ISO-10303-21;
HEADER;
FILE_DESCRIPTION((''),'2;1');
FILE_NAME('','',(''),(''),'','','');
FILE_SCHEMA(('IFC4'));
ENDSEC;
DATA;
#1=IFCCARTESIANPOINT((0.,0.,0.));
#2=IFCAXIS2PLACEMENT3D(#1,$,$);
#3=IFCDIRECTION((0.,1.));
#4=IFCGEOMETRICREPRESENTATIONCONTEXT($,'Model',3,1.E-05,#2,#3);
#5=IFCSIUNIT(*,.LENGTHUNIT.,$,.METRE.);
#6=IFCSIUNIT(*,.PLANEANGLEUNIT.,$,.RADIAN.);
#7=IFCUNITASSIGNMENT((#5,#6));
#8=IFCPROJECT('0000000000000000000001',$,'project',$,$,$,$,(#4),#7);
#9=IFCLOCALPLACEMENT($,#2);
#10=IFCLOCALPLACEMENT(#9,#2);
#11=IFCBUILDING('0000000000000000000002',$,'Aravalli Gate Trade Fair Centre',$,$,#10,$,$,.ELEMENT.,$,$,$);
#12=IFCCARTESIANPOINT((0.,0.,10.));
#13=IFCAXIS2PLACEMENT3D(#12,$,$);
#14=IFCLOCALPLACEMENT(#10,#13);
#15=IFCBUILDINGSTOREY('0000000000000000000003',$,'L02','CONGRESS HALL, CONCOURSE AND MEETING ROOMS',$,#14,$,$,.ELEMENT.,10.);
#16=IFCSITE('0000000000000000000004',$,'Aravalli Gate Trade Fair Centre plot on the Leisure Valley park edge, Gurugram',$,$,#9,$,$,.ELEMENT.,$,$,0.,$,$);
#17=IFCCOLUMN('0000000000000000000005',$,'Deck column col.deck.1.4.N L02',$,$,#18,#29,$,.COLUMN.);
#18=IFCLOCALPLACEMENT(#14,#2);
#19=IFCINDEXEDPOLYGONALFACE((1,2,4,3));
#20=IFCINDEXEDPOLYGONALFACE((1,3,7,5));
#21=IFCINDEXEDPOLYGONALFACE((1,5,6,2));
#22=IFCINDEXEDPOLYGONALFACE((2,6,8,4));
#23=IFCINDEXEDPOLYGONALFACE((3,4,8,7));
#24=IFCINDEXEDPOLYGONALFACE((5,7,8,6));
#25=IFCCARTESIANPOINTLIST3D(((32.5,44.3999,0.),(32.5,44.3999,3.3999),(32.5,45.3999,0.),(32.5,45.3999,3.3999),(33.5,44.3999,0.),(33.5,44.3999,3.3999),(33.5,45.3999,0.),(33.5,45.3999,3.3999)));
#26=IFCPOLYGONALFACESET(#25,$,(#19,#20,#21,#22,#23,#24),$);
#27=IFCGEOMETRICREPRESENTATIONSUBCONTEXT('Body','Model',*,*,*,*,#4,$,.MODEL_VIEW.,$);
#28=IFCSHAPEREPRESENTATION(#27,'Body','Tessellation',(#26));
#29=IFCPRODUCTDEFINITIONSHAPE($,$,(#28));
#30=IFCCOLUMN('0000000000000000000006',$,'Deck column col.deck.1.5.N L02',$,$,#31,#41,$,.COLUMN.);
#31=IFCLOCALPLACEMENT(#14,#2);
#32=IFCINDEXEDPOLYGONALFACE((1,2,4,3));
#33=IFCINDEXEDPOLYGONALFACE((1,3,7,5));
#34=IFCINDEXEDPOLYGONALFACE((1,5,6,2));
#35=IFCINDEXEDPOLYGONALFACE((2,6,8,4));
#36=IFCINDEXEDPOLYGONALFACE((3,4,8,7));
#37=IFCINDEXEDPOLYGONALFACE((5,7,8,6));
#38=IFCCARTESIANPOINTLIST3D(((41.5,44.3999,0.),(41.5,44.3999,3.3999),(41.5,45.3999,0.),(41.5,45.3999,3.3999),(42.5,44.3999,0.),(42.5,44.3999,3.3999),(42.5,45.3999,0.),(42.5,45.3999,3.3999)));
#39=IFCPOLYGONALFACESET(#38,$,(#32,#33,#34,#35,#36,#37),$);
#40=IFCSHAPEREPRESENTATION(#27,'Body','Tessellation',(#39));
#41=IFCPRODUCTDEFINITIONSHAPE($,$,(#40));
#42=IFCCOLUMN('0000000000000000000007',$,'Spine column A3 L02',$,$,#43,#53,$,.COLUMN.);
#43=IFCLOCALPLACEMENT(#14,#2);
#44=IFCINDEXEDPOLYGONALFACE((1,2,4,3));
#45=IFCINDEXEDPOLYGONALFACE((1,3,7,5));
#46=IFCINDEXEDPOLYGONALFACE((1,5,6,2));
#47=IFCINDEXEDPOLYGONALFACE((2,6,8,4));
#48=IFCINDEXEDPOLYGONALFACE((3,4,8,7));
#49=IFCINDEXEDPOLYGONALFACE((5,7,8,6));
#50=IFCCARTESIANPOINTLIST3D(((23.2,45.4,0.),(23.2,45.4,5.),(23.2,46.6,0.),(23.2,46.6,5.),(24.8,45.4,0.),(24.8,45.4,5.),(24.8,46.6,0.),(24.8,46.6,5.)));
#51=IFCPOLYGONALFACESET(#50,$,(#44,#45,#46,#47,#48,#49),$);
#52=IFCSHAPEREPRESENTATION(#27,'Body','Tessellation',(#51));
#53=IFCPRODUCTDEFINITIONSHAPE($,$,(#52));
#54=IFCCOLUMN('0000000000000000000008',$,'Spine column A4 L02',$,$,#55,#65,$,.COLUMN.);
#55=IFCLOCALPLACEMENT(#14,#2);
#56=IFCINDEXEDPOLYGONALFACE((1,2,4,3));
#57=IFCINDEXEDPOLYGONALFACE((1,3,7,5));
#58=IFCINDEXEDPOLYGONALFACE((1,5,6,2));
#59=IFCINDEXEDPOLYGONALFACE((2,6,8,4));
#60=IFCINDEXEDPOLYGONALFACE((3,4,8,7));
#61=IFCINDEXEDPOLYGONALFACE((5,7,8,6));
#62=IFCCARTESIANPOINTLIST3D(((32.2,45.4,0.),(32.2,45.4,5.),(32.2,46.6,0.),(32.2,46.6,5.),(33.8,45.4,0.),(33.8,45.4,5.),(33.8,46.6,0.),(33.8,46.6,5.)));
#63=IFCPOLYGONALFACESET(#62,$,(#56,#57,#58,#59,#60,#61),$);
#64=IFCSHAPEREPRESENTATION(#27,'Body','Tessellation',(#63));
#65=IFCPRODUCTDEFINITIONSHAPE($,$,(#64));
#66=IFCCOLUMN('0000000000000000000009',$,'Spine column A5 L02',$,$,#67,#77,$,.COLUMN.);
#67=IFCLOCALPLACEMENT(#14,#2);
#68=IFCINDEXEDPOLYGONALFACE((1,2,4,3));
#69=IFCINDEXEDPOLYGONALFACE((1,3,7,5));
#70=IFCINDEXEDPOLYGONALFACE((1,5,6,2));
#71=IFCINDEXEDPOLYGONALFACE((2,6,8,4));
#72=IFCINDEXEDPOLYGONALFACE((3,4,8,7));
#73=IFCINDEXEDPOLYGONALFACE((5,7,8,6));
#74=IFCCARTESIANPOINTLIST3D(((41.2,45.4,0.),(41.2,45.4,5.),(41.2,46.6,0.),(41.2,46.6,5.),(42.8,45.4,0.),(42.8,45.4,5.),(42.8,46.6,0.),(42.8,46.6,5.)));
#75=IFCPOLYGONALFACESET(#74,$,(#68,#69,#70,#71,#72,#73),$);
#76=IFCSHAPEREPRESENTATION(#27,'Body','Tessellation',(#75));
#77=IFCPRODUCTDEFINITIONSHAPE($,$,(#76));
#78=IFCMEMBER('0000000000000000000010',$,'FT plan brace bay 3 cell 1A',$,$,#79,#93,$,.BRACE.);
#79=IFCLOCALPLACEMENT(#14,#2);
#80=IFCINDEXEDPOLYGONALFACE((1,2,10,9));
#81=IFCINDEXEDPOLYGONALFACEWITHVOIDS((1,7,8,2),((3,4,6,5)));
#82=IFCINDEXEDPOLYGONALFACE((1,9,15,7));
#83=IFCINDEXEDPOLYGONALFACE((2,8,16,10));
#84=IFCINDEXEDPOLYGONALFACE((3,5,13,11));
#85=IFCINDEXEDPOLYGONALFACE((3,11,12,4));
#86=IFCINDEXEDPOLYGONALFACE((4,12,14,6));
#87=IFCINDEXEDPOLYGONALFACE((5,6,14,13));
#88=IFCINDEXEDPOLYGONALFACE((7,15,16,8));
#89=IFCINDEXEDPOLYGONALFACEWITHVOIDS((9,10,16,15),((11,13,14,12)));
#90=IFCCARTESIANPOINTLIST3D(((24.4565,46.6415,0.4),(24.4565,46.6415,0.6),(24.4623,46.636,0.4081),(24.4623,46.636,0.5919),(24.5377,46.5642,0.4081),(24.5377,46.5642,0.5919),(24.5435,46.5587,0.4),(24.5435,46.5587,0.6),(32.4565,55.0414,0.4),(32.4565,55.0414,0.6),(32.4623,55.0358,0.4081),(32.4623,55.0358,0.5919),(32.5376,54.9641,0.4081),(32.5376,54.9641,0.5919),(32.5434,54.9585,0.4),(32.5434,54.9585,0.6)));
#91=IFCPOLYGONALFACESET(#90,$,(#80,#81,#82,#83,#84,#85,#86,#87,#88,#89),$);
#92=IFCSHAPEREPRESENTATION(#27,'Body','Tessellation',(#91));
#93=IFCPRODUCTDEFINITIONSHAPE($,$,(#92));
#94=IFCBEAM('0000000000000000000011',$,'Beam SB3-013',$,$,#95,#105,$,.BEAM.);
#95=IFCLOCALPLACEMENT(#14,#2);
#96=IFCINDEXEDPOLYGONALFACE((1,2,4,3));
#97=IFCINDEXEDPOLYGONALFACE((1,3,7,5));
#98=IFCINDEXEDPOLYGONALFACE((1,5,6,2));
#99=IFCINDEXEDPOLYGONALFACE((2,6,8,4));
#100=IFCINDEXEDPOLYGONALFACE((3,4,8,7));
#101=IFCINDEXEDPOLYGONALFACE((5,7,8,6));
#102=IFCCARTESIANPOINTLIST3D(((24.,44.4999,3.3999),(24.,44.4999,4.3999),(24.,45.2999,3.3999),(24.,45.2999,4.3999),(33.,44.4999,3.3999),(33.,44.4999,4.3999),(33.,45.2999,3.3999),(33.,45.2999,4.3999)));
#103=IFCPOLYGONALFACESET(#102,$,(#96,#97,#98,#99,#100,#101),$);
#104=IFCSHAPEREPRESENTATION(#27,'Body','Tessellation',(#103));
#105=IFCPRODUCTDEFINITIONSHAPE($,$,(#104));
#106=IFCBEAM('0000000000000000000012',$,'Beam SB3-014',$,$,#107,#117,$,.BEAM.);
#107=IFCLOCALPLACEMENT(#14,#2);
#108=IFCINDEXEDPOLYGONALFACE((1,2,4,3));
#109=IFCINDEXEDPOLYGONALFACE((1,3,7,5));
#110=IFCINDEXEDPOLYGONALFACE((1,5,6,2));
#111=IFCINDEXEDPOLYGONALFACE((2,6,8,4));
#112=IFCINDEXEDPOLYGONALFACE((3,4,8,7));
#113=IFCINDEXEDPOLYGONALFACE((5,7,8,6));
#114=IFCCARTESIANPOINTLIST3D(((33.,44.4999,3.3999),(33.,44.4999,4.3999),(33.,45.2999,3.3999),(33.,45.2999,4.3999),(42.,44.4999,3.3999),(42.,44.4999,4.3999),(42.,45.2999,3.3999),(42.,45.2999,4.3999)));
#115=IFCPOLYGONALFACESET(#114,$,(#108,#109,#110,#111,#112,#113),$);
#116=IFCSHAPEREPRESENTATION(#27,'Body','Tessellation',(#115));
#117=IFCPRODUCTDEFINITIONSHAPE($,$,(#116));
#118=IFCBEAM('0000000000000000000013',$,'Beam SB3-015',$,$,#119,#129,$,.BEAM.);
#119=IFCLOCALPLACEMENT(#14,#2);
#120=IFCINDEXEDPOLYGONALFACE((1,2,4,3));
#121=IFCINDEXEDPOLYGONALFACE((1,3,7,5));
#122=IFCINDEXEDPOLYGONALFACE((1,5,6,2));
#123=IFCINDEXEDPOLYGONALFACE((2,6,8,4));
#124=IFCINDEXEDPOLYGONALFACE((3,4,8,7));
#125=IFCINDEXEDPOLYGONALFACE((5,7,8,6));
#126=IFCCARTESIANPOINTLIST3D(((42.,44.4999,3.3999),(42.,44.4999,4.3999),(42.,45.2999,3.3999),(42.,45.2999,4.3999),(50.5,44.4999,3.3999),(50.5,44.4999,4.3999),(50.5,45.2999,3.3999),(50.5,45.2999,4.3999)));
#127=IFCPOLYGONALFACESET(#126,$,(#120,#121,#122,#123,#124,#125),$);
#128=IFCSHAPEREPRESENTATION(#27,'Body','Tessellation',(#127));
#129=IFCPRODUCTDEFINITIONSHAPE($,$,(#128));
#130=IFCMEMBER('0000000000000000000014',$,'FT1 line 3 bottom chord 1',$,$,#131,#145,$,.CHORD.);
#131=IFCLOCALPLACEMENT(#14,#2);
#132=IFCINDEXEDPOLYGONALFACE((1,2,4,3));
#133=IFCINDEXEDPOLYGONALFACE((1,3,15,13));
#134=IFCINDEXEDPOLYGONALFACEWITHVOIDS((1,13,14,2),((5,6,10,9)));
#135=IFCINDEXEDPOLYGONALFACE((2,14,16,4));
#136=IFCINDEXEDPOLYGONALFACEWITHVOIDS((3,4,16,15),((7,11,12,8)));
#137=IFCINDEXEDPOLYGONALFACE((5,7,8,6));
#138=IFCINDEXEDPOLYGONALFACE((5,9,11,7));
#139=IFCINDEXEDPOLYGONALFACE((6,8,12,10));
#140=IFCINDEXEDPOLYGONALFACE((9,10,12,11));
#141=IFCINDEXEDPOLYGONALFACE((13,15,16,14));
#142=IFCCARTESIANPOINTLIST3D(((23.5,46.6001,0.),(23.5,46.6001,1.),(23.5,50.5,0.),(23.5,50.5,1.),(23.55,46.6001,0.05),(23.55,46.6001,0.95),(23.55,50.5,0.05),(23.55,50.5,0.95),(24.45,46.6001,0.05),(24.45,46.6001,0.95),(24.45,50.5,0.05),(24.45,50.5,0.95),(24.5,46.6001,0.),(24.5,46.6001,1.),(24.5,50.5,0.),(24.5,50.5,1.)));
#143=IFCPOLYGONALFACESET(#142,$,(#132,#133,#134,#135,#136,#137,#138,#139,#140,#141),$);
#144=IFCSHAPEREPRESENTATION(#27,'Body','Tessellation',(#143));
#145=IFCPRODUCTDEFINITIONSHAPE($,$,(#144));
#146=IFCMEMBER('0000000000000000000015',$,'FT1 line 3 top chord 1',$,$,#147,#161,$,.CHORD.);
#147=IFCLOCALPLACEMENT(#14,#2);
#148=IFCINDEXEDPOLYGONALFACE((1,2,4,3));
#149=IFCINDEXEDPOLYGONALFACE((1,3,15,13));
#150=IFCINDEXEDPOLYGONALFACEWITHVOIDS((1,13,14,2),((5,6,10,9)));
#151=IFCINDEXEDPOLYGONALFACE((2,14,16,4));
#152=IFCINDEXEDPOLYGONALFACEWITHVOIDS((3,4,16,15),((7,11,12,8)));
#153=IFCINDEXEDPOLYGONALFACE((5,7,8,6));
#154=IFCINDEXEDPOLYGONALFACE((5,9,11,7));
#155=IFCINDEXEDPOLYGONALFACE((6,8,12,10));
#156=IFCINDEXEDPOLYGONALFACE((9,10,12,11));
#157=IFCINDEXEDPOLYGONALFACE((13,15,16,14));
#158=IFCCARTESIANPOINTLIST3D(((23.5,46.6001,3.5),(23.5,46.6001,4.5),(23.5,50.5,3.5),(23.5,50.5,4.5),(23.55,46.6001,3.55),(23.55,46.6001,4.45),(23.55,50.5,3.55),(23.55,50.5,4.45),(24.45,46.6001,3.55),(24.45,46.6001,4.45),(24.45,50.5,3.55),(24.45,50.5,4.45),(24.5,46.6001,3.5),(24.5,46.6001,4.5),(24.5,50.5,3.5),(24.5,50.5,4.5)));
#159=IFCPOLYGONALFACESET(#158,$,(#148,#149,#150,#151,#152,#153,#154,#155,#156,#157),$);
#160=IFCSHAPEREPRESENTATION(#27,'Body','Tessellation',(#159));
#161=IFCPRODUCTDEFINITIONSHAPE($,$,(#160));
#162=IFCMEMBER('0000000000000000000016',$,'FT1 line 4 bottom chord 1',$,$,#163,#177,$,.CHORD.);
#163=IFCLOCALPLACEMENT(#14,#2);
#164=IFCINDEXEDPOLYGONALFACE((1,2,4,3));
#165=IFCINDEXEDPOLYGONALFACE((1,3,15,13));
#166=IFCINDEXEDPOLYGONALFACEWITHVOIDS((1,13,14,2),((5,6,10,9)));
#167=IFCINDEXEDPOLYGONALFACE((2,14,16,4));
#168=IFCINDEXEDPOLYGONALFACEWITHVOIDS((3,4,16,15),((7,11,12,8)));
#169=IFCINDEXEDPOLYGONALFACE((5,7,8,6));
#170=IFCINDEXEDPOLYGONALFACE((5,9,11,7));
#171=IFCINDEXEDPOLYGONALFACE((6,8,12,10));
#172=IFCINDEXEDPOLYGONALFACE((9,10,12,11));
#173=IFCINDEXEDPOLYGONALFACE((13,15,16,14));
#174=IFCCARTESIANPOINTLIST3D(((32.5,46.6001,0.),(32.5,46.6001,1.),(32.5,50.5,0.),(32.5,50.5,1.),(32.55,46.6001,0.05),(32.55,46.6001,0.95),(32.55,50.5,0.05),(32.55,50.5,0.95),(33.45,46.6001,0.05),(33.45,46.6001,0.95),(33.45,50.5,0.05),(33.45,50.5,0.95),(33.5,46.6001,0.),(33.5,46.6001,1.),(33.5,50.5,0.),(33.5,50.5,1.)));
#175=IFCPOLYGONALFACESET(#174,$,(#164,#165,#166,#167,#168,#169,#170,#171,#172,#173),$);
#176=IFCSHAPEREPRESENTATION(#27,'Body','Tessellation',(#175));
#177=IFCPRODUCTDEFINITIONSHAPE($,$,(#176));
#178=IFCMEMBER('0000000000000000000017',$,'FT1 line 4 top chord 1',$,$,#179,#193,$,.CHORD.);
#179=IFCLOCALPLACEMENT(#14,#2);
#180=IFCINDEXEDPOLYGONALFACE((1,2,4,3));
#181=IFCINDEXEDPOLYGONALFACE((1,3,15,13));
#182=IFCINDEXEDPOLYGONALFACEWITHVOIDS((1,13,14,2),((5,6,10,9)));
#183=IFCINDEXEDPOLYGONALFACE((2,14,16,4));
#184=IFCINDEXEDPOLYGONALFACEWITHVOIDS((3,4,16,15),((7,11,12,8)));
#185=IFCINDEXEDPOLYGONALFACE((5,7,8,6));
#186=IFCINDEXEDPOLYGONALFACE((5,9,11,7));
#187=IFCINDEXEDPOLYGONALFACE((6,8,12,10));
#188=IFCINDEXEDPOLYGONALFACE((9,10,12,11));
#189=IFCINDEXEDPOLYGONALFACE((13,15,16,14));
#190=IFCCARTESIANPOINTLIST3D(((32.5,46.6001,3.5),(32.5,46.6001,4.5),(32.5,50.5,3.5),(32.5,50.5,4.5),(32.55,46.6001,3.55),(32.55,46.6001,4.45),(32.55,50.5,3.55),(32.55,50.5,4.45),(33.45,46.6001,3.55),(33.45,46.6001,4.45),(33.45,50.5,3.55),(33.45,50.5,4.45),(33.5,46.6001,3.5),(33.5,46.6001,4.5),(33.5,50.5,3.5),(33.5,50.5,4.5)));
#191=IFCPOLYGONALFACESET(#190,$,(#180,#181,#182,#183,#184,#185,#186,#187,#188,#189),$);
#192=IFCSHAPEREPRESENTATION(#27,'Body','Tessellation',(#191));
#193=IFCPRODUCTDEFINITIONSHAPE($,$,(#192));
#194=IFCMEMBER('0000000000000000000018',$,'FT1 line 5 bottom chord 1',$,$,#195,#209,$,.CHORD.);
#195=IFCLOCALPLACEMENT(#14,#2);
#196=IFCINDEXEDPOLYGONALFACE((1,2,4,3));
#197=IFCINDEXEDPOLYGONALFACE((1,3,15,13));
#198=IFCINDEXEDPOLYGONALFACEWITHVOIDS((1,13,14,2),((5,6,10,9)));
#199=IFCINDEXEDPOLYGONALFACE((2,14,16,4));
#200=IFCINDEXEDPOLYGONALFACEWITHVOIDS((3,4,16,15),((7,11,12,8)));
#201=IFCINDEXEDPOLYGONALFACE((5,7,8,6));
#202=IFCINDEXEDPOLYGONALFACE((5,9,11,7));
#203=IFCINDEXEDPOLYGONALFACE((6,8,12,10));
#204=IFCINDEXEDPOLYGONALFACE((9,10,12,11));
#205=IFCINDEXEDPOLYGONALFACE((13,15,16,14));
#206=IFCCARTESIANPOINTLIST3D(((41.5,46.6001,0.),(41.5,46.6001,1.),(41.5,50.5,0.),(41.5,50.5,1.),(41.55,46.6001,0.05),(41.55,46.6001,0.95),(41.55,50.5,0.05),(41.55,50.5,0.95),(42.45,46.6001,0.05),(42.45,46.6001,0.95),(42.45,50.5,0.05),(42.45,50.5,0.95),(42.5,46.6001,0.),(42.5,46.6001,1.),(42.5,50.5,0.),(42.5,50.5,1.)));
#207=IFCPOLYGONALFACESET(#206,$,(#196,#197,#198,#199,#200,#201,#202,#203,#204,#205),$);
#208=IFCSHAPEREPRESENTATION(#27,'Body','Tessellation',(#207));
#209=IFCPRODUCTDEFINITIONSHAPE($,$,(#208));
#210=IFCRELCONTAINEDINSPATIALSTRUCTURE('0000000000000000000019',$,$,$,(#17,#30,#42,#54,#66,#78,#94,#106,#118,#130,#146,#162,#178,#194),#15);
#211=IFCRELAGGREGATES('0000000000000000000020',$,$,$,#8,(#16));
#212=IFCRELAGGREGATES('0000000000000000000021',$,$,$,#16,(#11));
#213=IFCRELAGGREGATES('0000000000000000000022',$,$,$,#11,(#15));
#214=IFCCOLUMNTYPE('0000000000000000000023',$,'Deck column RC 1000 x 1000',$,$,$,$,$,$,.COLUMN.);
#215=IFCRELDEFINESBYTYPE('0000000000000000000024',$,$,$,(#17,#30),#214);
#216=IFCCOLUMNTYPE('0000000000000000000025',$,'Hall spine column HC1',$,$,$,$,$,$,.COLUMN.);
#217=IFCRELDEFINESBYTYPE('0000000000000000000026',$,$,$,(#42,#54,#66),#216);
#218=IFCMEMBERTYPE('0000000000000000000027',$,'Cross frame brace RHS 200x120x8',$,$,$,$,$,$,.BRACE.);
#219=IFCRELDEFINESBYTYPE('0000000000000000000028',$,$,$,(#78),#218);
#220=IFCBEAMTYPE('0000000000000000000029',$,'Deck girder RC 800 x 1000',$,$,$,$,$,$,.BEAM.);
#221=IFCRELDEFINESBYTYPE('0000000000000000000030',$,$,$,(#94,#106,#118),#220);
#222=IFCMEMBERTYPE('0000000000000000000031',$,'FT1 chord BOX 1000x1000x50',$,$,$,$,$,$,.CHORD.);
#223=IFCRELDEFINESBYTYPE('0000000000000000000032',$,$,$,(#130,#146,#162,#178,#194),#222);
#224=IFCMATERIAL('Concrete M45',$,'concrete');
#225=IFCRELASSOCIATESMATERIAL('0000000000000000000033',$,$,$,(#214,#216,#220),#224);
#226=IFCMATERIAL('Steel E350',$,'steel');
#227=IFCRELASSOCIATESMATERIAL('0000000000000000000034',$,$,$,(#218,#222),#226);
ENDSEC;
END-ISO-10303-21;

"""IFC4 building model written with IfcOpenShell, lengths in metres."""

from ifc_helpers import new_model, si_unit, direction, frame, origin, origin_2d, place, context, subcontext, project, spatial, rectangle, hollow_rectangle, extrude, material, material_profile, profile_set, type_object, element, save


model = new_model("IFC4")

# Units and contexts
model_context = context("Model", 3, precision=1e-05, world=origin(), true_north=direction((0.0, 1.0)))
body_context = subcontext(model_context, "Body", "Model", "MODEL_VIEW")
ifc_project = project(units=[si_unit("LENGTHUNIT", "METRE"), si_unit("PLANEANGLEUNIT", "RADIAN")], contexts=[model_context])

# Site, building, storey
site_placement = place(None, origin())
site = spatial("IfcSite", under=ifc_project, at=site_placement, Name="Aravalli Gate Trade Fair Centre plot on the Leisure Valley park edge, Gurugram", CompositionType="ELEMENT", RefElevation=0.0)
building_placement = place(site_placement, origin())
building = spatial("IfcBuilding", under=site, at=building_placement, Name="Aravalli Gate Trade Fair Centre", CompositionType="ELEMENT")
storey_placement = place(building_placement, frame((0.0, 0.0, 10.0)))
storey = spatial("IfcBuildingStorey", under=building, at=storey_placement, Name="L02", Description="CONGRESS HALL, CONCOURSE AND MEETING ROOMS", CompositionType="ELEMENT", Elevation=10.0)

# Columns
ifc_material_1 = material(Name="Concrete M45", Category="concrete")
ifc_material_profile_1 = material_profile(ifc_material_1, rectangle(XDim=1.0, YDim=1.0, at=origin_2d()), Name="Deck column RC 1000 x 1000")
ifc_profile_set_1 = profile_set([ifc_material_profile_1], Name="Concrete M45")
column_type_1 = type_object("IfcColumnType", Name="Deck column RC 1000 x 1000", PredefinedType="COLUMN", material=ifc_profile_set_1)
for number, where, z_axis, x_axis, name in (
    (1, (33.0, 44.8999, 0.0), (0.0, 0.0, 1.0), (1.0, 0.0, 0.0), "Deck column col.deck.1.4.N L02"),
    (2, (42.0, 44.8999, 0.0), (0.0, 0.0, 1.0), (1.0, 0.0, 0.0), "Deck column col.deck.1.5.N L02"),
):
    element("IfcColumn", number, at=place(storey_placement, frame(where, z_axis=z_axis, x_axis=x_axis)), inside=storey, type_object=column_type_1, Name=name, PredefinedType="COLUMN", context=body_context, shape_type="SweptSolid", body=[
        extrude(rectangle(XDim=1.0, YDim=1.0, at=origin_2d()), origin(), (0.0, 0.0, 1.0), 3.3999),
    ])
ifc_material_profile_2 = material_profile(ifc_material_1, rectangle(XDim=1.6001, YDim=1.2, at=origin_2d()), Name="RC 1600x1200")
ifc_profile_set_2 = profile_set([ifc_material_profile_2], Name="Concrete M45")
column_type_2 = type_object("IfcColumnType", Name="Hall spine column HC1", PredefinedType="COLUMN", material=ifc_profile_set_2)
for number, where, z_axis, x_axis, name in (
    (3, (24.0, 46.0, 0.0), (0.0, 0.0, 1.0), (1.0, 0.0, 0.0), "Spine column A3 L02"),
    (4, (33.0, 46.0, 0.0), (0.0, 0.0, 1.0), (1.0, 0.0, 0.0), "Spine column A4 L02"),
    (5, (42.0, 46.0, 0.0), (0.0, 0.0, 1.0), (1.0, 0.0, 0.0), "Spine column A5 L02"),
):
    element("IfcColumn", number, at=place(storey_placement, frame(where, z_axis=z_axis, x_axis=x_axis)), inside=storey, type_object=column_type_2, Name=name, PredefinedType="COLUMN", context=body_context, shape_type="SweptSolid", body=[
        extrude(rectangle(XDim=1.6001, YDim=1.2, at=origin_2d()), origin(), (0.0, 0.0, 1.0), 5.0),
    ])

# Member
ifc_material_2 = material(Name="Steel E350", Category="steel")
ifc_material_profile_3 = material_profile(ifc_material_2, hollow_rectangle(XDim=0.1201, YDim=0.2, WallThickness=0.0081, at=origin_2d()), Name="RHS 200x120x8")
ifc_profile_set_3 = profile_set([ifc_material_profile_3], Name="Steel E350")
member_type_1 = type_object("IfcMemberType", Name="Cross frame brace RHS 200x120x8", PredefinedType="BRACE", material=ifc_profile_set_3)
member_placement = place(storey_placement, frame((24.5, 46.6001, 0.5), z_axis=(0.689659, 0.724134, 0.0), x_axis=(-0.724134, 0.689659, 0.0)))
element("IfcMember", 6, at=member_placement, inside=storey, type_object=member_type_1, Name="FT plan brace bay 3 cell 1A", PredefinedType="BRACE", context=body_context, shape_type="SweptSolid", body=[
    extrude(hollow_rectangle(XDim=0.1201, YDim=0.2, WallThickness=0.0081, at=origin_2d()), origin(), (0.0, 0.0, 1.0), 11.5999),
])

# Beams
ifc_material_profile_4 = material_profile(ifc_material_1, rectangle(XDim=0.8, YDim=1.0, at=origin_2d()), Name="Deck girder RC 800 x 1000")
ifc_profile_set_4 = profile_set([ifc_material_profile_4], Name="Concrete M45")
beam_type = type_object("IfcBeamType", Name="Deck girder RC 800 x 1000", PredefinedType="BEAM", material=ifc_profile_set_4)
for number, where, z_axis, x_axis, name in (
    (7, (24.0, 44.8999, 3.8999), (1.0, 0.0, 0.0), (0.0, 1.0, 0.0), "Beam SB3-013"),
    (8, (33.0, 44.8999, 3.8999), (1.0, 0.0, 0.0), (0.0, 1.0, 0.0), "Beam SB3-014"),
):
    element("IfcBeam", number, at=place(storey_placement, frame(where, z_axis=z_axis, x_axis=x_axis)), inside=storey, type_object=beam_type, Name=name, PredefinedType="BEAM", context=body_context, shape_type="SweptSolid", body=[
        extrude(rectangle(XDim=0.8, YDim=1.0, at=origin_2d()), origin(), (0.0, 0.0, 1.0), 9.0),
    ])
beam_placement = place(storey_placement, frame((42.0, 44.8999, 3.8999), z_axis=(1.0, 0.0, 0.0), x_axis=(0.0, 1.0, 0.0)))
element("IfcBeam", 9, at=beam_placement, inside=storey, type_object=beam_type, Name="Beam SB3-015", PredefinedType="BEAM", context=body_context, shape_type="SweptSolid", body=[
    extrude(rectangle(XDim=0.8, YDim=1.0, at=origin_2d()), origin(), (0.0, 0.0, 1.0), 8.5),
])

# Members
ifc_material_profile_5 = material_profile(ifc_material_2, hollow_rectangle(XDim=1.0, YDim=1.0, WallThickness=0.05, at=origin_2d()), Name="BOX 1000x1000x50")
ifc_profile_set_5 = profile_set([ifc_material_profile_5], Name="Steel E350")
member_type_2 = type_object("IfcMemberType", Name="FT1 chord BOX 1000x1000x50", PredefinedType="CHORD", material=ifc_profile_set_5)
for number, where, z_axis, x_axis, name in (
    (10, (24.0, 46.6001, 0.5), (0.0, 1.0, 0.0), (-1.0, 0.0, 0.0), "FT1 line 3 bottom chord 1"),
    (11, (24.0, 46.6001, 4.0), (0.0, 1.0, 0.0), (-1.0, 0.0, 0.0), "FT1 line 3 top chord 1"),
    (12, (33.0, 46.6001, 0.5), (0.0, 1.0, 0.0), (-1.0, 0.0, 0.0), "FT1 line 4 bottom chord 1"),
    (13, (33.0, 46.6001, 4.0), (0.0, 1.0, 0.0), (-1.0, 0.0, 0.0), "FT1 line 4 top chord 1"),
    (14, (42.0, 46.6001, 0.5), (0.0, 1.0, 0.0), (-1.0, 0.0, 0.0), "FT1 line 5 bottom chord 1"),
):
    element("IfcMember", number, at=place(storey_placement, frame(where, z_axis=z_axis, x_axis=x_axis)), inside=storey, type_object=member_type_2, Name=name, PredefinedType="CHORD", context=body_context, shape_type="SweptSolid", body=[
        extrude(hollow_rectangle(XDim=1.0, YDim=1.0, WallThickness=0.05, at=origin_2d()), origin(), (0.0, 0.0, 1.0), 3.8999),
    ])

save(model, "model.ifc")
